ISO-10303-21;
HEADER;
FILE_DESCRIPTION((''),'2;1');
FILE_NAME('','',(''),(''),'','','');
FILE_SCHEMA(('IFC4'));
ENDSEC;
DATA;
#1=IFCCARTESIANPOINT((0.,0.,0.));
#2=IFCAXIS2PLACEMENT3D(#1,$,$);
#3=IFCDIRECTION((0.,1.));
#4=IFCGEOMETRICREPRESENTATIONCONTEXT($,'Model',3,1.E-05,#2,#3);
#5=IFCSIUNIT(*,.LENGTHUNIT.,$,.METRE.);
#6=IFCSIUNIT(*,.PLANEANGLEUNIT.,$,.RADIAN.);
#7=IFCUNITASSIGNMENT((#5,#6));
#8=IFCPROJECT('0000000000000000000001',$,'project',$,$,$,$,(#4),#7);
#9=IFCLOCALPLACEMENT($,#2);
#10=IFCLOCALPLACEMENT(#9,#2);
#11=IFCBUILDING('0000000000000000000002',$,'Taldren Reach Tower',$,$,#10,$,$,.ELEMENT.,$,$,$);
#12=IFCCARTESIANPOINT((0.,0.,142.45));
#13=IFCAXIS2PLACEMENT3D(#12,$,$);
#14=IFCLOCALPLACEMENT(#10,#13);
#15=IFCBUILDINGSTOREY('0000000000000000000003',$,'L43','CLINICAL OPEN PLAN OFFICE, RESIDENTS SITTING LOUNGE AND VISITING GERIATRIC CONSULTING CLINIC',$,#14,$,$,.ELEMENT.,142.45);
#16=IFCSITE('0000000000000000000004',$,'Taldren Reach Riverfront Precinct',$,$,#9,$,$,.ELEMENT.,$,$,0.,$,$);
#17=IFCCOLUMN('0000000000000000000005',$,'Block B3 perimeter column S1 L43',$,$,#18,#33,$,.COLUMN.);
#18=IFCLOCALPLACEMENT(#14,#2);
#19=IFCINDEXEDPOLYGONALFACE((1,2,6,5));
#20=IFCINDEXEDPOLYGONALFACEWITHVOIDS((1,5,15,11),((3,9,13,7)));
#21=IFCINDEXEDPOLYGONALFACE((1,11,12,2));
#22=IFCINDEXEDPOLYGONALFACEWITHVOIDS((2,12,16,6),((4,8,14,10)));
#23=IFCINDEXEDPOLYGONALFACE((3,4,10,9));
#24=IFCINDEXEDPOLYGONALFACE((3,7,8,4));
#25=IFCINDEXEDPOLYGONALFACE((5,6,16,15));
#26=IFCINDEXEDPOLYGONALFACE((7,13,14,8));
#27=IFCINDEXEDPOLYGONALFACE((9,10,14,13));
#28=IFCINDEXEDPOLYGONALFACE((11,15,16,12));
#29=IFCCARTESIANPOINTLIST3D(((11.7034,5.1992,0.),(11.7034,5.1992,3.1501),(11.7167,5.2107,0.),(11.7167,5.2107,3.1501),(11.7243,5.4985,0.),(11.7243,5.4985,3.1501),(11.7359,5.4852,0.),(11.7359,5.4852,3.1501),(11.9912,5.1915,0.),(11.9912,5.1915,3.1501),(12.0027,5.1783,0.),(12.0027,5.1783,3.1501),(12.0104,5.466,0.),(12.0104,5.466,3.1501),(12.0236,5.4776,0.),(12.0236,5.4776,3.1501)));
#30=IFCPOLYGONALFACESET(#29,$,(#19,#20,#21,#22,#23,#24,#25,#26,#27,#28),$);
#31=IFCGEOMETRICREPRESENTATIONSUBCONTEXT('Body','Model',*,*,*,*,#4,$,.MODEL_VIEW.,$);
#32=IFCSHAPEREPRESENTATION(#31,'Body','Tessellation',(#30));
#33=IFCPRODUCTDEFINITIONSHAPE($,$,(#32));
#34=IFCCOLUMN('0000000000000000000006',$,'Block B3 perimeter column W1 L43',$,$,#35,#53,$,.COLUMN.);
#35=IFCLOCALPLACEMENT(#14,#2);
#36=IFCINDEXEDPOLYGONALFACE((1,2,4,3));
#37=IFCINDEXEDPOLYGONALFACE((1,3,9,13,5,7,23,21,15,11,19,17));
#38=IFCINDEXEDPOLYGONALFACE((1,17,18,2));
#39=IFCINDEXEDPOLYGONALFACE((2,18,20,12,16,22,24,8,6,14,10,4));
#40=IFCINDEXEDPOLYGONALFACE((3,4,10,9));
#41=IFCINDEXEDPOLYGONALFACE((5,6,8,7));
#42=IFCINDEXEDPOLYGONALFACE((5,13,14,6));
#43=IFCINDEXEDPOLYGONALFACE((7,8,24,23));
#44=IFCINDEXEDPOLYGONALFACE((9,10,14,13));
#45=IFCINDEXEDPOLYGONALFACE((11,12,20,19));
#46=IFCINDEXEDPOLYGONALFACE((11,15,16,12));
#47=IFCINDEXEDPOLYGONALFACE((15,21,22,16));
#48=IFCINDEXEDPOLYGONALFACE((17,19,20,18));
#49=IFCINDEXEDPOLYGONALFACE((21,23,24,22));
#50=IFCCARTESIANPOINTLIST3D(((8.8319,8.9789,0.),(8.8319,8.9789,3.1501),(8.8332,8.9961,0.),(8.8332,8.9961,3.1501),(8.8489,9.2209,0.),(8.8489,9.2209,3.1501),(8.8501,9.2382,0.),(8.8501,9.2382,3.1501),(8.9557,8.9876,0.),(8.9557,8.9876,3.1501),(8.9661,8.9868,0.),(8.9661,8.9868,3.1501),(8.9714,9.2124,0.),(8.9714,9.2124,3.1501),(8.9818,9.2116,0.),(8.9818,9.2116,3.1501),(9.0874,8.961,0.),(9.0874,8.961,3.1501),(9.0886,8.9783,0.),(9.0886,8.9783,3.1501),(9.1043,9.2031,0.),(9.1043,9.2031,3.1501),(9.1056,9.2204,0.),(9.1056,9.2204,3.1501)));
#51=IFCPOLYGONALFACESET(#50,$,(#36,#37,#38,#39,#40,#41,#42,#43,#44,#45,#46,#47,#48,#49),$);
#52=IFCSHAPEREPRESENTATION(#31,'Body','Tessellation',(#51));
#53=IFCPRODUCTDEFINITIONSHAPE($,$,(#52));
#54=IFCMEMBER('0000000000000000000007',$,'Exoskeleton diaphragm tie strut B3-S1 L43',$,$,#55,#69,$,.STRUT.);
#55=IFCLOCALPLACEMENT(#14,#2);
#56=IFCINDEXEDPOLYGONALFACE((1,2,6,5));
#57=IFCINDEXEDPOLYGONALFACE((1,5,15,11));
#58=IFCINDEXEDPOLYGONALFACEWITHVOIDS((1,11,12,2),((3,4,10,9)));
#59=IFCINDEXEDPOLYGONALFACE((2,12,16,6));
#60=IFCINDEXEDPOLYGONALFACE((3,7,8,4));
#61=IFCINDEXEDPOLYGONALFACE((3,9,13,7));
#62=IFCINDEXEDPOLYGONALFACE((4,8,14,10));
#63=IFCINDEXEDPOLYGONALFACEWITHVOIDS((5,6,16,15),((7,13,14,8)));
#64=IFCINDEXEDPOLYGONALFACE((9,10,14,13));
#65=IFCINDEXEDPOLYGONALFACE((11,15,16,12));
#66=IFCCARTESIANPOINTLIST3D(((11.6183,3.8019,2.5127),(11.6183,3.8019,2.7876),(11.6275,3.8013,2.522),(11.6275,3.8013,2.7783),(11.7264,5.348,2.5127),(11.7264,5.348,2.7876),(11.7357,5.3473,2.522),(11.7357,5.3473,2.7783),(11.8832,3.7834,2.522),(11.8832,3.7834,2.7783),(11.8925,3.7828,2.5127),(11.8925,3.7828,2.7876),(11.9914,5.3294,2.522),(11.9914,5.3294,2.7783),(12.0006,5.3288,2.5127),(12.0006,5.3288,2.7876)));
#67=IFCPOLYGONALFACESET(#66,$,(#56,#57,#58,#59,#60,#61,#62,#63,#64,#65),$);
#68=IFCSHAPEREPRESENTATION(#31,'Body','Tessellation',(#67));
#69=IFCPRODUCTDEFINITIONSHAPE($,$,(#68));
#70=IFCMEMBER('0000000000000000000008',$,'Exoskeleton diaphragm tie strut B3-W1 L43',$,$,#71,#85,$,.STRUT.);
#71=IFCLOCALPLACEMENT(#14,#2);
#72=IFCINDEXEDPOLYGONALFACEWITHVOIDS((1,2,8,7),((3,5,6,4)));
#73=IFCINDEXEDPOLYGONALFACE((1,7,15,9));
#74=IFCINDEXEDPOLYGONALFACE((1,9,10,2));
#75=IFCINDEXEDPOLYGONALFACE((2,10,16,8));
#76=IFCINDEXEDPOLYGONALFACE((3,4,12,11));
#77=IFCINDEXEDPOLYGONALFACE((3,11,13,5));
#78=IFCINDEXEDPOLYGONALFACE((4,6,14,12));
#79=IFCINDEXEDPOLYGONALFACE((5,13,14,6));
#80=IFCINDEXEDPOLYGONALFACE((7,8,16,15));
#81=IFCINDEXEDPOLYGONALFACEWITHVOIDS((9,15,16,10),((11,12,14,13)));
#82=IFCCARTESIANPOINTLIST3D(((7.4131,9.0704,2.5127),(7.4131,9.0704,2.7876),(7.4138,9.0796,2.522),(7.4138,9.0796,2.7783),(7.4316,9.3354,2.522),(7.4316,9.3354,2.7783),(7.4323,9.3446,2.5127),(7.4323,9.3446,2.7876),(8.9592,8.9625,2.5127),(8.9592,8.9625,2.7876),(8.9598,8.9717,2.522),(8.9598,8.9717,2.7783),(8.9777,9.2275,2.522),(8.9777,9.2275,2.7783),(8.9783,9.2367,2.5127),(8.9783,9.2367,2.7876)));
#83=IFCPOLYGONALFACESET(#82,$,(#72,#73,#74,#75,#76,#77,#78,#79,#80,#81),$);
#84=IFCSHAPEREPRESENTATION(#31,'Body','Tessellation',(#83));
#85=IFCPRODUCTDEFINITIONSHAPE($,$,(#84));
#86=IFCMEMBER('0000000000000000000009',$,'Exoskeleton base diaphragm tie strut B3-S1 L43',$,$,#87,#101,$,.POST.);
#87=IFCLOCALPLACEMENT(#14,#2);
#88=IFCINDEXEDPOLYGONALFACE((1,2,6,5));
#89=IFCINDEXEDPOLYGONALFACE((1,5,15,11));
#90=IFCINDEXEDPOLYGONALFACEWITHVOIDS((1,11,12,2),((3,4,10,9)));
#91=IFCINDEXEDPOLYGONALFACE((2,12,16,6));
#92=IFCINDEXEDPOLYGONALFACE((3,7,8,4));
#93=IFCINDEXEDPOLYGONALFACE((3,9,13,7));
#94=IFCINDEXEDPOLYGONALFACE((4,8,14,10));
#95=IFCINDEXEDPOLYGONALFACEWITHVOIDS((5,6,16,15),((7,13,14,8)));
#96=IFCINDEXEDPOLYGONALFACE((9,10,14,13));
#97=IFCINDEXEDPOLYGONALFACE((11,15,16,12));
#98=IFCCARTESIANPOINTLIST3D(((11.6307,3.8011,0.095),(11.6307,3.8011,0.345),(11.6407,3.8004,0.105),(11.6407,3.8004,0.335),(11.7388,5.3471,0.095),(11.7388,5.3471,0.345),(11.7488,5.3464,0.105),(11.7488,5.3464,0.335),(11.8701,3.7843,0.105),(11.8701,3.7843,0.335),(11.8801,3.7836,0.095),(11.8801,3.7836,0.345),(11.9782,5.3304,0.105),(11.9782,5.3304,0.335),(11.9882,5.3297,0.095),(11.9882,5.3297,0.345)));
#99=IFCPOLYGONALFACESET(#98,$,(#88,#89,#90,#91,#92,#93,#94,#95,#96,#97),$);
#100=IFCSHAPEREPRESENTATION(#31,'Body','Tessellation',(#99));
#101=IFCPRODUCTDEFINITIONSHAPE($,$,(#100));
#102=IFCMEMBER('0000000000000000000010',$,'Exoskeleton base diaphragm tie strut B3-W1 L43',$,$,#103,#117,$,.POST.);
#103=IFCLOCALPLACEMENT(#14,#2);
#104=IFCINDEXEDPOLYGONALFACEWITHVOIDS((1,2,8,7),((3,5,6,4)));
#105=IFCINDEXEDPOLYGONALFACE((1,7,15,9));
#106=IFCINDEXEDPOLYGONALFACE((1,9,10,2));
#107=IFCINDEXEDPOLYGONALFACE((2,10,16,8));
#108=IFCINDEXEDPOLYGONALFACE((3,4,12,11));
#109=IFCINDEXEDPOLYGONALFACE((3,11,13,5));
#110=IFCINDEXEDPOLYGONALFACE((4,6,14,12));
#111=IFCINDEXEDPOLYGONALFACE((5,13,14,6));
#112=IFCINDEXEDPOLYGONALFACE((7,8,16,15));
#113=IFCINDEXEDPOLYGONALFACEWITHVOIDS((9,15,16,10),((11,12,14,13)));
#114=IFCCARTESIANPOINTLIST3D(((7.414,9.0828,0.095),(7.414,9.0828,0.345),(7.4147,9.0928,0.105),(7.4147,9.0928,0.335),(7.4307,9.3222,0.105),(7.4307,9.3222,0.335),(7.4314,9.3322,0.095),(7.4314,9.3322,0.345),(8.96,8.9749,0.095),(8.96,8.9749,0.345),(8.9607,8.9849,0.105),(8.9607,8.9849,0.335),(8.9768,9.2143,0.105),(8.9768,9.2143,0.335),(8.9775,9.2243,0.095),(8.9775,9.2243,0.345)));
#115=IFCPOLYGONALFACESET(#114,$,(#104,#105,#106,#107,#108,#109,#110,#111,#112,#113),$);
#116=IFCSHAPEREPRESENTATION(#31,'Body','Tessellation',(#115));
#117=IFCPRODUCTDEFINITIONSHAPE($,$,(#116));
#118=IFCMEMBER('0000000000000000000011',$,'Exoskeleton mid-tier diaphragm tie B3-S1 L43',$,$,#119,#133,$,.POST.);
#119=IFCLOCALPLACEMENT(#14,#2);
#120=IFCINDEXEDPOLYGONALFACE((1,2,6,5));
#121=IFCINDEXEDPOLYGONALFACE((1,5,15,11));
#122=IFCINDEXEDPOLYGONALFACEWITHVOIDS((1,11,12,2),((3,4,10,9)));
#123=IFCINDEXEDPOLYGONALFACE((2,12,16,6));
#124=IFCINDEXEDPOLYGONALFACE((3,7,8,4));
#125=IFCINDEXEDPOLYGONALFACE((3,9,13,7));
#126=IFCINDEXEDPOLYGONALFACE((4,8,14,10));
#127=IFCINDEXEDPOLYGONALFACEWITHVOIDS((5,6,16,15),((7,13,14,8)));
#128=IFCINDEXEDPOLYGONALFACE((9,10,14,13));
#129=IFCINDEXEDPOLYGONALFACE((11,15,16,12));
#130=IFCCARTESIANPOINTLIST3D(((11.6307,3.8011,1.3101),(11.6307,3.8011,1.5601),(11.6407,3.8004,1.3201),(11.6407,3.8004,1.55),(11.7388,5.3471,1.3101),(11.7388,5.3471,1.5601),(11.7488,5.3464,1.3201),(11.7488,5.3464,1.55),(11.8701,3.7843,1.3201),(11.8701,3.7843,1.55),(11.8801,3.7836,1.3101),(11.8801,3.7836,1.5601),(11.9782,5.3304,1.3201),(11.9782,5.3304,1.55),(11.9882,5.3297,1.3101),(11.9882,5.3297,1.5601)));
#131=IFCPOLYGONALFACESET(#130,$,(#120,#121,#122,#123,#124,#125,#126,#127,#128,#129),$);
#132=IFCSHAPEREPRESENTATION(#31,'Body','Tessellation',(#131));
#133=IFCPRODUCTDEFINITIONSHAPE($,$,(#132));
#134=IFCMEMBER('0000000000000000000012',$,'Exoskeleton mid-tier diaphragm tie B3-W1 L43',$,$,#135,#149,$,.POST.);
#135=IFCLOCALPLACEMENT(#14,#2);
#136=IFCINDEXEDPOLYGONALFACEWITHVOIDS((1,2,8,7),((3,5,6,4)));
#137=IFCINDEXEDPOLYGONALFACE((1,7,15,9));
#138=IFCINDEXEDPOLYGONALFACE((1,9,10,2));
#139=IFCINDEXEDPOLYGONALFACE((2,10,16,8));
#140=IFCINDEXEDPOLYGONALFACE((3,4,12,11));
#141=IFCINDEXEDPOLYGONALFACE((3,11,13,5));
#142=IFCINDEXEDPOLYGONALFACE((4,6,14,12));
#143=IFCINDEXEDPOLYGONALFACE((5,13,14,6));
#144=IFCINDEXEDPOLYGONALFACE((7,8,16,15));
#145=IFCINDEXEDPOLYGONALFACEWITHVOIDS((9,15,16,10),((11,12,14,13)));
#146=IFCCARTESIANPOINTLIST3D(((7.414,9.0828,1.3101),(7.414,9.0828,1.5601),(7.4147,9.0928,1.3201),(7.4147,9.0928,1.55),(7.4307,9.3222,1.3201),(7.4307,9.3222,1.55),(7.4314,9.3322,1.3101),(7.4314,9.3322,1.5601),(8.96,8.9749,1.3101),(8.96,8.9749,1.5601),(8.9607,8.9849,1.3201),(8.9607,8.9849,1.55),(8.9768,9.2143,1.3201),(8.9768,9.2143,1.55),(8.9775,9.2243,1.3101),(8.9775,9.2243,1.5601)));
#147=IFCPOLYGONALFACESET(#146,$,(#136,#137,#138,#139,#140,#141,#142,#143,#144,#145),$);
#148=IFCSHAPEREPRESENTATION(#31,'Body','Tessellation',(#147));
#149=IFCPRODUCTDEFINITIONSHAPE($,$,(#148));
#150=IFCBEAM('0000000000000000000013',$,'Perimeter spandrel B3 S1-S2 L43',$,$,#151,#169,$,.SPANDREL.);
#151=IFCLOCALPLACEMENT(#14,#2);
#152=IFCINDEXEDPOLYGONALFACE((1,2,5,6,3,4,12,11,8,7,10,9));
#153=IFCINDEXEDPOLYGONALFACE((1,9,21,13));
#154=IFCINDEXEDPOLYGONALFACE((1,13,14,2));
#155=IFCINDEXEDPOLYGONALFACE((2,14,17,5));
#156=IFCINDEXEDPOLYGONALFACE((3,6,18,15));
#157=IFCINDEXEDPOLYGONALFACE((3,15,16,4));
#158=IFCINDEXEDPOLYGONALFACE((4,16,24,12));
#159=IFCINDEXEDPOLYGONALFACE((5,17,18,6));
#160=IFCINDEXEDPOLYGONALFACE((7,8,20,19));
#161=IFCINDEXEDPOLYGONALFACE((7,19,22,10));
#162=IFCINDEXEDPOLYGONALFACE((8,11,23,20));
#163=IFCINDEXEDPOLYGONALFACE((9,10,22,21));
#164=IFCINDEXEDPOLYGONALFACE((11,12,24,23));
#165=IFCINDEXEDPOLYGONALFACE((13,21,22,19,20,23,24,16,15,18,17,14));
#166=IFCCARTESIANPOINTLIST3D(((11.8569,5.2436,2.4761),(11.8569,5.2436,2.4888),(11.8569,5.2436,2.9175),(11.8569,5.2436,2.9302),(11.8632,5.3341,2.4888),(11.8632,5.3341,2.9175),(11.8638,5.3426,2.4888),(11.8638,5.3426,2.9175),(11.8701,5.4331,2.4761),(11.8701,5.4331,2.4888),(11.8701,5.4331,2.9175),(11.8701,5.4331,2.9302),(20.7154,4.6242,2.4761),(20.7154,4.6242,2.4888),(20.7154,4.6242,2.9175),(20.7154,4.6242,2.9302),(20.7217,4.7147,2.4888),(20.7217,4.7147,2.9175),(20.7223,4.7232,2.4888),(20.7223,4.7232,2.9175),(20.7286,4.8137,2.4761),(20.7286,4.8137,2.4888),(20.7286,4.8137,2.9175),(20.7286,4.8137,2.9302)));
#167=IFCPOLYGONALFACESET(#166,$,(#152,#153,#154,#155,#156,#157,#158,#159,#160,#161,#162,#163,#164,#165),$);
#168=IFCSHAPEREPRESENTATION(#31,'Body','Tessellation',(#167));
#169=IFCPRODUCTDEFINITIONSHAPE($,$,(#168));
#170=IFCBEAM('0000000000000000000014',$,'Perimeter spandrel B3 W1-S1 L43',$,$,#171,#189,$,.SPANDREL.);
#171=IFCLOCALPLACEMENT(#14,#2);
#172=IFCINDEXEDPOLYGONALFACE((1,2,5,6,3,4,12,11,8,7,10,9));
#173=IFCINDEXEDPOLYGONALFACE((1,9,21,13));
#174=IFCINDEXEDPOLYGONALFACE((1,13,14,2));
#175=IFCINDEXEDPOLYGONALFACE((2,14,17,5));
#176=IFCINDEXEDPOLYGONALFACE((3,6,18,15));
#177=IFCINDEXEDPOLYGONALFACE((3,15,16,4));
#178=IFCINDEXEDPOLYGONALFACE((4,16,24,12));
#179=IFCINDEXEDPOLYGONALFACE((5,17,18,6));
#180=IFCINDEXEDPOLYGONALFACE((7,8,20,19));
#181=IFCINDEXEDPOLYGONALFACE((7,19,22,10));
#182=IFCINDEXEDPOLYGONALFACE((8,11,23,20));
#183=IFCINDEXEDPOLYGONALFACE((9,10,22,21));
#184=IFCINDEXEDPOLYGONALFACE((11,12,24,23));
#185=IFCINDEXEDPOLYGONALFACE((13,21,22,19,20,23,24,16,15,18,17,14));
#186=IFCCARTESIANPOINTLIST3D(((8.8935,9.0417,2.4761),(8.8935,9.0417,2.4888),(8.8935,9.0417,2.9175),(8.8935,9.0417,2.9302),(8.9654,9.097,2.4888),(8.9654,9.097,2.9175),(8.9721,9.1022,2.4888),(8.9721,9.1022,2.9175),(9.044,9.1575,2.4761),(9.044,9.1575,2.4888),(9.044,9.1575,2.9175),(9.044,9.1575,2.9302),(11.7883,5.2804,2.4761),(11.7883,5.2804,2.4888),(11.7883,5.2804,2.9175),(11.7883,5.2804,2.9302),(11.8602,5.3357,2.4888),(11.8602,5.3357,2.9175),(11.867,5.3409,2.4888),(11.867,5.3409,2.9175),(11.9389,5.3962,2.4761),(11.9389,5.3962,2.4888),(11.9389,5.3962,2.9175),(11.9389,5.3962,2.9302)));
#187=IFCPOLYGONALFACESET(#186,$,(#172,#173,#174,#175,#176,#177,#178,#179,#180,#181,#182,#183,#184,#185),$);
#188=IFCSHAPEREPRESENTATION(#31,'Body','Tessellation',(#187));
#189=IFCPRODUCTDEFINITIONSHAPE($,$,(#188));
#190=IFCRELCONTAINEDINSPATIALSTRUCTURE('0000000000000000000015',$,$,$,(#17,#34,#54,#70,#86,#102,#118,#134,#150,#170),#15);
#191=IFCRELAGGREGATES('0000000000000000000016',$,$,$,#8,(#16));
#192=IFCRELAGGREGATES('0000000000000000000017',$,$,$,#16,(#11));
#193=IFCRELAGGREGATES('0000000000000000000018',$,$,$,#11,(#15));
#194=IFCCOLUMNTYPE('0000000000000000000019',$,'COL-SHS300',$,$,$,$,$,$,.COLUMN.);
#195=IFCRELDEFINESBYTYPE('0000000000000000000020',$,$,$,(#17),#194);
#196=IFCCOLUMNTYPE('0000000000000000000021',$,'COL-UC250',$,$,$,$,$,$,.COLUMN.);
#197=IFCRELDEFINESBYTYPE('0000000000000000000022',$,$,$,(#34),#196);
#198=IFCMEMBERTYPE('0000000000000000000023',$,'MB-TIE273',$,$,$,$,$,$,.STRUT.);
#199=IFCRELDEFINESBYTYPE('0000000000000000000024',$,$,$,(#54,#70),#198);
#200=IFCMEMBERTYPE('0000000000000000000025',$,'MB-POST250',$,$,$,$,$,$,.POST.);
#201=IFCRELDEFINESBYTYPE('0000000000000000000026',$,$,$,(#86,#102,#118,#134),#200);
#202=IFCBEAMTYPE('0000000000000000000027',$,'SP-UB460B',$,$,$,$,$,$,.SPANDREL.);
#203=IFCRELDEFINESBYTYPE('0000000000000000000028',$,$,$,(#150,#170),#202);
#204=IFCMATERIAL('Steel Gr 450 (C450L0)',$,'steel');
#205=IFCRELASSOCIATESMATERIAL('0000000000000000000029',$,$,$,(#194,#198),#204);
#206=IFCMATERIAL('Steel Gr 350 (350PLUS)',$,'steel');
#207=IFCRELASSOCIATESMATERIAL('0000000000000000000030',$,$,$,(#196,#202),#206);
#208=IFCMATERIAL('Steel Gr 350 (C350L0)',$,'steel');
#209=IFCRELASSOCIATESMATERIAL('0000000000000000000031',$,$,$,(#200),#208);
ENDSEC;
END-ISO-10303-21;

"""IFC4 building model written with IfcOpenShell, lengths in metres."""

from ifc_helpers import new_model, si_unit, direction, frame, origin, origin_2d, place, context, subcontext, project, spatial, hollow_rectangle, i_section, extrude, source, transform, mapped, material, material_profile, profile_set, type_object, element, save


model = new_model("IFC4")

# Units and contexts
model_context = context("Model", 3, precision=1e-05, world=origin(), true_north=direction((0.0, 1.0)))
body_context = subcontext(model_context, "Body", "Model", "MODEL_VIEW")
ifc_project = project(units=[si_unit("LENGTHUNIT", "METRE"), si_unit("PLANEANGLEUNIT", "RADIAN")], contexts=[model_context])

# Site, building, storey
site_placement = place(None, origin())
site = spatial("IfcSite", under=ifc_project, at=site_placement, Name="Taldren Reach Riverfront Precinct", CompositionType="ELEMENT", RefElevation=0.0)
building_placement = place(site_placement, origin())
building = spatial("IfcBuilding", under=site, at=building_placement, Name="Taldren Reach Tower", CompositionType="ELEMENT")
storey_placement = place(building_placement, frame((0.0, 0.0, 142.45)))
storey = spatial("IfcBuildingStorey", under=building, at=storey_placement, Name="L43", Description="CLINICAL OPEN PLAN OFFICE, RESIDENTS SITTING LOUNGE AND VISITING GERIATRIC CONSULTING CLINIC", CompositionType="ELEMENT", Elevation=142.45)

# Columns
ifc_material_1 = material(Name="Steel Gr 450 (C450L0)", Category="steel")
ifc_material_profile_1 = material_profile(ifc_material_1, hollow_rectangle(XDim=0.3, YDim=0.3, WallThickness=0.0125, at=origin_2d()), Name="300x300x12.5SHS")
ifc_profile_set_1 = profile_set([ifc_material_profile_1], Name="Steel Gr 450 (C450L0)")
column_type_1 = type_object("IfcColumnType", Name="COL-SHS300", PredefinedType="COLUMN", material=ifc_profile_set_1)
shared_shape_1 = source(origin(), body_context, "Body", "SweptSolid", [
    extrude(hollow_rectangle(XDim=0.3, YDim=0.3, WallThickness=0.0125, at=origin_2d()), origin(), (0.0, 0.0, 1.0), 3.1501),
])
column_1_placement = place(storey_placement, frame((11.8635, 5.3384, 0.0), z_axis=(0.0, 0.0, 1.0), x_axis=(0.997564, -0.069756, 0.0)))
element("IfcColumn", 1, at=column_1_placement, inside=storey, type_object=column_type_1, Name="Block B3 perimeter column S1 L43", PredefinedType="COLUMN", context=body_context, shape_type="MappedRepresentation", body=[
    mapped(shared_shape_1, transform((0.0, 0.0, 0.0), scale=1.0)),
])
ifc_material_2 = material(Name="Steel Gr 350 (350PLUS)", Category="steel")
ifc_material_profile_2 = material_profile(ifc_material_2, i_section(OverallWidth=0.2561, OverallDepth=0.26, WebThickness=0.0105, FlangeThickness=0.0173, at=origin_2d()), Name="250UC89.5")
ifc_profile_set_2 = profile_set([ifc_material_profile_2], Name="Steel Gr 350 (350PLUS)")
column_type_2 = type_object("IfcColumnType", Name="COL-UC250", PredefinedType="COLUMN", material=ifc_profile_set_2)
shared_shape_2 = source(origin(), body_context, "Body", "SweptSolid", [
    extrude(i_section(OverallWidth=0.2561, OverallDepth=0.26, WebThickness=0.0105, FlangeThickness=0.0173, at=origin_2d()), origin(), (0.0, 0.0, 1.0), 3.1501),
])
column_2_placement = place(storey_placement, frame((8.9688, 9.0996, 0.0), z_axis=(0.0, 0.0, 1.0), x_axis=(0.997564, -0.069756, 0.0)))
element("IfcColumn", 2, at=column_2_placement, inside=storey, type_object=column_type_2, Name="Block B3 perimeter column W1 L43", PredefinedType="COLUMN", context=body_context, shape_type="MappedRepresentation", body=[
    mapped(shared_shape_2, transform((0.0, 0.0, 0.0), scale=1.0)),
])

# Members
ifc_material_profile_3 = material_profile(ifc_material_1, hollow_rectangle(XDim=0.2749, YDim=0.2749, WallThickness=0.0093, at=origin_2d()), Name="275x275x9.3SHS")
ifc_profile_set_3 = profile_set([ifc_material_profile_3], Name="Steel Gr 450 (C450L0)")
member_type_1 = type_object("IfcMemberType", Name="MB-TIE273", PredefinedType="STRUT", material=ifc_profile_set_3)
shared_shape_3 = source(origin(), body_context, "Body", "SweptSolid", [
    extrude(hollow_rectangle(XDim=0.2749, YDim=0.2749, WallThickness=0.0093, at=origin_2d()), origin(), (0.0, 0.0, 1.0), 1.5498),
])
for number, where, z_axis, x_axis, name in (
    (3, (11.8635, 5.3384, 2.6501), (-0.069781, -0.997562, 0.0), (0.997562, -0.069781, 0.0), "Exoskeleton diaphragm tie strut B3-S1 L43"),
    (4, (8.9688, 9.0996, 2.6501), (-0.997573, 0.069624, 0.0), (-0.069624, -0.997573, 0.0), "Exoskeleton diaphragm tie strut B3-W1 L43"),
):
    element("IfcMember", number, at=place(storey_placement, frame(where, z_axis=z_axis, x_axis=x_axis)), inside=storey, type_object=member_type_1, Name=name, PredefinedType="STRUT", context=body_context, shape_type="MappedRepresentation", body=[
        mapped(shared_shape_3, transform((0.0, 0.0, 0.0), scale=1.0)),
    ])
ifc_material_3 = material(Name="Steel Gr 350 (C350L0)", Category="steel")
ifc_material_profile_4 = material_profile(ifc_material_3, hollow_rectangle(XDim=0.25, YDim=0.25, WallThickness=0.01, at=origin_2d()), Name="250x250x10.0SHS")
ifc_profile_set_4 = profile_set([ifc_material_profile_4], Name="Steel Gr 350 (C350L0)")
member_type_2 = type_object("IfcMemberType", Name="MB-POST250", PredefinedType="POST", material=ifc_profile_set_4)
shared_shape_4 = source(origin(), body_context, "Body", "SweptSolid", [
    extrude(hollow_rectangle(XDim=0.25, YDim=0.25, WallThickness=0.01, at=origin_2d()), origin(), (0.0, 0.0, 1.0), 1.5498),
])
for number, where, z_axis, x_axis, name in (
    (5, (11.8635, 5.3384, 0.22), (-0.069781, -0.997562, 0.0), (0.997562, -0.069781, 0.0), "Exoskeleton base diaphragm tie strut B3-S1 L43"),
    (6, (8.9688, 9.0996, 0.22), (-0.997573, 0.069624, 0.0), (-0.069624, -0.997573, 0.0), "Exoskeleton base diaphragm tie strut B3-W1 L43"),
    (7, (11.8635, 5.3384, 1.4351), (-0.069781, -0.997562, 0.0), (0.997562, -0.069781, 0.0), "Exoskeleton mid-tier diaphragm tie B3-S1 L43"),
    (8, (8.9688, 9.0996, 1.4351), (-0.997573, 0.069624, 0.0), (-0.069624, -0.997573, 0.0), "Exoskeleton mid-tier diaphragm tie B3-W1 L43"),
):
    element("IfcMember", number, at=place(storey_placement, frame(where, z_axis=z_axis, x_axis=x_axis)), inside=storey, type_object=member_type_2, Name=name, PredefinedType="POST", context=body_context, shape_type="MappedRepresentation", body=[
        mapped(shared_shape_4, transform((0.0, 0.0, 0.0), scale=1.0)),
    ])

# Beams
ifc_material_profile_5 = material_profile(ifc_material_2, i_section(OverallWidth=0.1899, OverallDepth=0.4541, WebThickness=0.0085, FlangeThickness=0.0127, at=origin_2d()), Name="460UB67.1")
ifc_profile_set_5 = profile_set([ifc_material_profile_5], Name="Steel Gr 350 (350PLUS)")
beam_type_1 = type_object("IfcBeamType", Name="SP-UB460B", PredefinedType="SPANDREL", material=ifc_profile_set_5)
shared_shape_5 = source(origin(), body_context, "Body", "SweptSolid", [
    extrude(i_section(OverallWidth=0.1899, OverallDepth=0.4541, WebThickness=0.0085, FlangeThickness=0.0127, at=origin_2d()), origin(), (0.0, 0.0, 1.0), 8.8801),
])
beam_1_placement = place(storey_placement, frame((11.8635, 5.3384, 2.7031), z_axis=(0.997564, -0.06975, 0.0), x_axis=(0.06975, 0.997564, 0.0)))
element("IfcBeam", 9, at=beam_1_placement, inside=storey, type_object=beam_type_1, Name="Perimeter spandrel B3 S1-S2 L43", PredefinedType="SPANDREL", context=body_context, shape_type="MappedRepresentation", body=[
    mapped(shared_shape_5, transform((0.0, 0.0, 0.0), scale=1.0)),
])
shared_shape_6 = source(origin(), body_context, "Body", "SweptSolid", [
    extrude(i_section(OverallWidth=0.1899, OverallDepth=0.4541, WebThickness=0.0085, FlangeThickness=0.0127, at=origin_2d()), origin(), (0.0, 0.0, 1.0), 4.7463),
])
beam_2_placement = place(storey_placement, frame((8.9688, 9.0996, 2.7031), z_axis=(0.609912, -0.792469, 0.0), x_axis=(0.792469, 0.609912, 0.0)))
element("IfcBeam", 10, at=beam_2_placement, inside=storey, type_object=beam_type_1, Name="Perimeter spandrel B3 W1-S1 L43", PredefinedType="SPANDREL", context=body_context, shape_type="MappedRepresentation", body=[
    mapped(shared_shape_6, transform((0.0, 0.0, 0.0), scale=1.0)),
])

save(model, "model.ifc")
